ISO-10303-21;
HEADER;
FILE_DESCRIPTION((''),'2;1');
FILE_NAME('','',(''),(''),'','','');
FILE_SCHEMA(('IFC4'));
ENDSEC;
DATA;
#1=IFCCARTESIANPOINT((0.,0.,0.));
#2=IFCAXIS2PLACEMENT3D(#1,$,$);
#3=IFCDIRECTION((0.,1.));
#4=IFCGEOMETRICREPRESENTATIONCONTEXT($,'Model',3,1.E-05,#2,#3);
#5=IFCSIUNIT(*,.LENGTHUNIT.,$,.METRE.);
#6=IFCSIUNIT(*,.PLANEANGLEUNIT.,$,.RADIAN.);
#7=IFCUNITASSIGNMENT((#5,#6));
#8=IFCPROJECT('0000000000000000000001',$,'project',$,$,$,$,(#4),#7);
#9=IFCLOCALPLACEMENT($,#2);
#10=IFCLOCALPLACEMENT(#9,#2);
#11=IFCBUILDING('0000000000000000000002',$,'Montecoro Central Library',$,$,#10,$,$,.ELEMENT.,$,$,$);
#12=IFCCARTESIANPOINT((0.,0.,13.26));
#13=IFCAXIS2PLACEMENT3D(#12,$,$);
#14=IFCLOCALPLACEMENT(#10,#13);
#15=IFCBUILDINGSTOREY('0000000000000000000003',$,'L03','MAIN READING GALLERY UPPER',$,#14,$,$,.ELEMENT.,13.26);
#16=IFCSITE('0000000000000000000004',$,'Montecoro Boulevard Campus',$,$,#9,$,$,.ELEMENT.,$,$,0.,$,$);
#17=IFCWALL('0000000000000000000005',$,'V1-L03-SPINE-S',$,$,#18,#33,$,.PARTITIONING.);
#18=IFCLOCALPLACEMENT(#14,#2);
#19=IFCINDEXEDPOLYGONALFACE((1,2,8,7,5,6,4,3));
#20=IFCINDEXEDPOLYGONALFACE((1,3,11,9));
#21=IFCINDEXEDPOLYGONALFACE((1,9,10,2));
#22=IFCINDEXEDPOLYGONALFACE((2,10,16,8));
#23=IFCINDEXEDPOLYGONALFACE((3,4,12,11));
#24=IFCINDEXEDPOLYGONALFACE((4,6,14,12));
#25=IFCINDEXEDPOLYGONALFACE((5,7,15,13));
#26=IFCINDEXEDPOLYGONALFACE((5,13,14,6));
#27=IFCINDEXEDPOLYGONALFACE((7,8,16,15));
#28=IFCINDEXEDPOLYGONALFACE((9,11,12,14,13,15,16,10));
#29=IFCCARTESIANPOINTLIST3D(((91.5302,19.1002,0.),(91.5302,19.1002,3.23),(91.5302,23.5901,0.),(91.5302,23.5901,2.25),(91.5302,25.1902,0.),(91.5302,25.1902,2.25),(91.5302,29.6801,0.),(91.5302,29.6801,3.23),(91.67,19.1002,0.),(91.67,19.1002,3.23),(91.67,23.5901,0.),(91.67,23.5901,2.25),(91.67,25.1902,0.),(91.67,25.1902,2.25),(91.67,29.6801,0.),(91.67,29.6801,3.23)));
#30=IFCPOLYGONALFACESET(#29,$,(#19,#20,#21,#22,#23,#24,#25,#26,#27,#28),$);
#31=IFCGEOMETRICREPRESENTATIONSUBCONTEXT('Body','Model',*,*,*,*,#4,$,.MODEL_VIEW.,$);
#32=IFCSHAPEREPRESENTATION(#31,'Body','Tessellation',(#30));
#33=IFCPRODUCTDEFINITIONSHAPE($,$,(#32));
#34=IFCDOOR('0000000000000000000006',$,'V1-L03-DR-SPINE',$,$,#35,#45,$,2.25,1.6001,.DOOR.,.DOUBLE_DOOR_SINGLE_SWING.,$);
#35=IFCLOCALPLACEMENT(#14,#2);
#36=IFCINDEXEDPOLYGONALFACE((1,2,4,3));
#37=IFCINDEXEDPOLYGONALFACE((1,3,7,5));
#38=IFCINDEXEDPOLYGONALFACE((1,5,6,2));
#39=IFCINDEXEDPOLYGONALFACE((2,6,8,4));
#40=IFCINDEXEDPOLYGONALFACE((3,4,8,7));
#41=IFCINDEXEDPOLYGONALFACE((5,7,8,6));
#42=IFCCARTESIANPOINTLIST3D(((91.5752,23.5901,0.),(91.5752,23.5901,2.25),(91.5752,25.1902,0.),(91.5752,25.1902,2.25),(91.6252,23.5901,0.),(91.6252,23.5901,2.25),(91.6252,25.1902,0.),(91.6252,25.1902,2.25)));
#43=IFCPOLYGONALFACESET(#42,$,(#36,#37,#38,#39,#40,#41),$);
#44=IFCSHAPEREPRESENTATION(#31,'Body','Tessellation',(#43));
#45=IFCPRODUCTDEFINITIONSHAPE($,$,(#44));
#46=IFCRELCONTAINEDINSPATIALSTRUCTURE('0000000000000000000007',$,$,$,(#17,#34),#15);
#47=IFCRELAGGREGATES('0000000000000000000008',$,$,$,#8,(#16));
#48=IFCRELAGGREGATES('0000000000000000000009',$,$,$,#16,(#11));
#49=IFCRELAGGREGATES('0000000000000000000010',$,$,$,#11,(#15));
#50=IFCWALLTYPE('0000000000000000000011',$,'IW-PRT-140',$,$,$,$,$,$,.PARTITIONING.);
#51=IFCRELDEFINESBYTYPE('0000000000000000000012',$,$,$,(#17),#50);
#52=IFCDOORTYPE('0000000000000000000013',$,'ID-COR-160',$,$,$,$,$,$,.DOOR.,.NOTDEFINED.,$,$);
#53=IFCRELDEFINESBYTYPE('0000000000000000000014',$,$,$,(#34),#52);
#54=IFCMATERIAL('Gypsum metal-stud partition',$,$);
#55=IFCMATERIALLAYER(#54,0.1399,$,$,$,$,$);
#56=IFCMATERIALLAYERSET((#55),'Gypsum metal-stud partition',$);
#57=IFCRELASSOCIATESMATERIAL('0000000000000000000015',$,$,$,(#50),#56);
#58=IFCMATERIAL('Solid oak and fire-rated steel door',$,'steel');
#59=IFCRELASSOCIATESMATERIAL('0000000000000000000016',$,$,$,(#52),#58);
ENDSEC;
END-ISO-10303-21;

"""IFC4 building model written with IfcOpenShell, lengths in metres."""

from ifc_helpers import new_model, si_unit, direction, frame, frame_2d, origin, place, context, subcontext, project, spatial, rectangle, extrude, material, layer, layer_set, type_object, element, fill, save


model = new_model("IFC4")

# Units and contexts
model_context = context("Model", 3, precision=1e-05, world=origin(), true_north=direction((0.0, 1.0)))
body_context = subcontext(model_context, "Body", "Model", "MODEL_VIEW")
ifc_project = project(units=[si_unit("LENGTHUNIT", "METRE"), si_unit("PLANEANGLEUNIT", "RADIAN")], contexts=[model_context])

# Site, building, storey
site_placement = place(None, origin())
site = spatial("IfcSite", under=ifc_project, at=site_placement, Name="Montecoro Boulevard Campus", CompositionType="ELEMENT", RefElevation=0.0)
building_placement = place(site_placement, origin())
building = spatial("IfcBuilding", under=site, at=building_placement, Name="Montecoro Central Library", CompositionType="ELEMENT")
storey_placement = place(building_placement, frame((0.0, 0.0, 13.26)))
storey = spatial("IfcBuildingStorey", under=building, at=storey_placement, Name="L03", Description="MAIN READING GALLERY UPPER", CompositionType="ELEMENT", Elevation=13.26)

# Wall, opening, door
ifc_material_1 = material(Name="Gypsum metal-stud partition")
ifc_layer_1 = layer(ifc_material_1, 0.1399)
ifc_layer_set_1 = layer_set([ifc_layer_1], Name="Gypsum metal-stud partition")
wall_type_1 = type_object("IfcWallType", Name="IW-PRT-140", PredefinedType="PARTITIONING", material=ifc_layer_set_1)
wall_1_placement = place(storey_placement, frame((91.6001, 19.1001, 0.0), z_axis=(0.0, 0.0, 1.0), x_axis=(0.0, 1.0, 0.0)))
wall_1 = element("IfcWall", 1, at=wall_1_placement, inside=storey, type_object=wall_type_1, Name="V1-L03-SPINE-S", PredefinedType="PARTITIONING", context=body_context, shape_type="SweptSolid", body=[
    extrude(rectangle(XDim=10.5798, YDim=0.1399, at=frame_2d((5.29, 0.0))), origin(), (0.0, 0.0, 1.0), 3.23),
])
opening_1_placement = place(wall_1_placement, frame((4.49, 0.0, 0.0)))
opening_1 = element("IfcOpeningElement", 2, at=opening_1_placement, cuts=wall_1, PredefinedType="OPENING", context=body_context, shape_type="SweptSolid", body=[
    extrude(rectangle(XDim=1.6001, YDim=2.25, at=frame_2d((0.8, 1.125))), frame((0.0, 0.0798, 0.0), z_axis=(0.0, -1.0, 0.0), x_axis=(1.0, 0.0, 0.0)), (0.0, 0.0, 1.0), 0.1599),
])
ifc_material_2 = material(Name="Solid oak and fire-rated steel door", Category="steel")
door_type = type_object("IfcDoorType", Name="ID-COR-160", OperationType="NOTDEFINED", PredefinedType="DOOR", material=ifc_material_2)
door_placement = place(opening_1_placement, origin())
door = element("IfcDoor", 3, at=door_placement, inside=storey, type_object=door_type, Name="V1-L03-DR-SPINE", OperationType="DOUBLE_DOOR_SINGLE_SWING", OverallHeight=2.25, OverallWidth=1.6001, PredefinedType="DOOR", context=body_context, shape_type="SweptSolid", body=[
    extrude(rectangle(XDim=1.6001, YDim=2.25, at=frame_2d((0.8, 1.125))), frame((0.0, 0.0249, 0.0), z_axis=(0.0, -1.0, 0.0), x_axis=(1.0, 0.0, 0.0)), (0.0, 0.0, 1.0), 0.05),
])
fill(opening_1, door)

save(model, "model.ifc")
